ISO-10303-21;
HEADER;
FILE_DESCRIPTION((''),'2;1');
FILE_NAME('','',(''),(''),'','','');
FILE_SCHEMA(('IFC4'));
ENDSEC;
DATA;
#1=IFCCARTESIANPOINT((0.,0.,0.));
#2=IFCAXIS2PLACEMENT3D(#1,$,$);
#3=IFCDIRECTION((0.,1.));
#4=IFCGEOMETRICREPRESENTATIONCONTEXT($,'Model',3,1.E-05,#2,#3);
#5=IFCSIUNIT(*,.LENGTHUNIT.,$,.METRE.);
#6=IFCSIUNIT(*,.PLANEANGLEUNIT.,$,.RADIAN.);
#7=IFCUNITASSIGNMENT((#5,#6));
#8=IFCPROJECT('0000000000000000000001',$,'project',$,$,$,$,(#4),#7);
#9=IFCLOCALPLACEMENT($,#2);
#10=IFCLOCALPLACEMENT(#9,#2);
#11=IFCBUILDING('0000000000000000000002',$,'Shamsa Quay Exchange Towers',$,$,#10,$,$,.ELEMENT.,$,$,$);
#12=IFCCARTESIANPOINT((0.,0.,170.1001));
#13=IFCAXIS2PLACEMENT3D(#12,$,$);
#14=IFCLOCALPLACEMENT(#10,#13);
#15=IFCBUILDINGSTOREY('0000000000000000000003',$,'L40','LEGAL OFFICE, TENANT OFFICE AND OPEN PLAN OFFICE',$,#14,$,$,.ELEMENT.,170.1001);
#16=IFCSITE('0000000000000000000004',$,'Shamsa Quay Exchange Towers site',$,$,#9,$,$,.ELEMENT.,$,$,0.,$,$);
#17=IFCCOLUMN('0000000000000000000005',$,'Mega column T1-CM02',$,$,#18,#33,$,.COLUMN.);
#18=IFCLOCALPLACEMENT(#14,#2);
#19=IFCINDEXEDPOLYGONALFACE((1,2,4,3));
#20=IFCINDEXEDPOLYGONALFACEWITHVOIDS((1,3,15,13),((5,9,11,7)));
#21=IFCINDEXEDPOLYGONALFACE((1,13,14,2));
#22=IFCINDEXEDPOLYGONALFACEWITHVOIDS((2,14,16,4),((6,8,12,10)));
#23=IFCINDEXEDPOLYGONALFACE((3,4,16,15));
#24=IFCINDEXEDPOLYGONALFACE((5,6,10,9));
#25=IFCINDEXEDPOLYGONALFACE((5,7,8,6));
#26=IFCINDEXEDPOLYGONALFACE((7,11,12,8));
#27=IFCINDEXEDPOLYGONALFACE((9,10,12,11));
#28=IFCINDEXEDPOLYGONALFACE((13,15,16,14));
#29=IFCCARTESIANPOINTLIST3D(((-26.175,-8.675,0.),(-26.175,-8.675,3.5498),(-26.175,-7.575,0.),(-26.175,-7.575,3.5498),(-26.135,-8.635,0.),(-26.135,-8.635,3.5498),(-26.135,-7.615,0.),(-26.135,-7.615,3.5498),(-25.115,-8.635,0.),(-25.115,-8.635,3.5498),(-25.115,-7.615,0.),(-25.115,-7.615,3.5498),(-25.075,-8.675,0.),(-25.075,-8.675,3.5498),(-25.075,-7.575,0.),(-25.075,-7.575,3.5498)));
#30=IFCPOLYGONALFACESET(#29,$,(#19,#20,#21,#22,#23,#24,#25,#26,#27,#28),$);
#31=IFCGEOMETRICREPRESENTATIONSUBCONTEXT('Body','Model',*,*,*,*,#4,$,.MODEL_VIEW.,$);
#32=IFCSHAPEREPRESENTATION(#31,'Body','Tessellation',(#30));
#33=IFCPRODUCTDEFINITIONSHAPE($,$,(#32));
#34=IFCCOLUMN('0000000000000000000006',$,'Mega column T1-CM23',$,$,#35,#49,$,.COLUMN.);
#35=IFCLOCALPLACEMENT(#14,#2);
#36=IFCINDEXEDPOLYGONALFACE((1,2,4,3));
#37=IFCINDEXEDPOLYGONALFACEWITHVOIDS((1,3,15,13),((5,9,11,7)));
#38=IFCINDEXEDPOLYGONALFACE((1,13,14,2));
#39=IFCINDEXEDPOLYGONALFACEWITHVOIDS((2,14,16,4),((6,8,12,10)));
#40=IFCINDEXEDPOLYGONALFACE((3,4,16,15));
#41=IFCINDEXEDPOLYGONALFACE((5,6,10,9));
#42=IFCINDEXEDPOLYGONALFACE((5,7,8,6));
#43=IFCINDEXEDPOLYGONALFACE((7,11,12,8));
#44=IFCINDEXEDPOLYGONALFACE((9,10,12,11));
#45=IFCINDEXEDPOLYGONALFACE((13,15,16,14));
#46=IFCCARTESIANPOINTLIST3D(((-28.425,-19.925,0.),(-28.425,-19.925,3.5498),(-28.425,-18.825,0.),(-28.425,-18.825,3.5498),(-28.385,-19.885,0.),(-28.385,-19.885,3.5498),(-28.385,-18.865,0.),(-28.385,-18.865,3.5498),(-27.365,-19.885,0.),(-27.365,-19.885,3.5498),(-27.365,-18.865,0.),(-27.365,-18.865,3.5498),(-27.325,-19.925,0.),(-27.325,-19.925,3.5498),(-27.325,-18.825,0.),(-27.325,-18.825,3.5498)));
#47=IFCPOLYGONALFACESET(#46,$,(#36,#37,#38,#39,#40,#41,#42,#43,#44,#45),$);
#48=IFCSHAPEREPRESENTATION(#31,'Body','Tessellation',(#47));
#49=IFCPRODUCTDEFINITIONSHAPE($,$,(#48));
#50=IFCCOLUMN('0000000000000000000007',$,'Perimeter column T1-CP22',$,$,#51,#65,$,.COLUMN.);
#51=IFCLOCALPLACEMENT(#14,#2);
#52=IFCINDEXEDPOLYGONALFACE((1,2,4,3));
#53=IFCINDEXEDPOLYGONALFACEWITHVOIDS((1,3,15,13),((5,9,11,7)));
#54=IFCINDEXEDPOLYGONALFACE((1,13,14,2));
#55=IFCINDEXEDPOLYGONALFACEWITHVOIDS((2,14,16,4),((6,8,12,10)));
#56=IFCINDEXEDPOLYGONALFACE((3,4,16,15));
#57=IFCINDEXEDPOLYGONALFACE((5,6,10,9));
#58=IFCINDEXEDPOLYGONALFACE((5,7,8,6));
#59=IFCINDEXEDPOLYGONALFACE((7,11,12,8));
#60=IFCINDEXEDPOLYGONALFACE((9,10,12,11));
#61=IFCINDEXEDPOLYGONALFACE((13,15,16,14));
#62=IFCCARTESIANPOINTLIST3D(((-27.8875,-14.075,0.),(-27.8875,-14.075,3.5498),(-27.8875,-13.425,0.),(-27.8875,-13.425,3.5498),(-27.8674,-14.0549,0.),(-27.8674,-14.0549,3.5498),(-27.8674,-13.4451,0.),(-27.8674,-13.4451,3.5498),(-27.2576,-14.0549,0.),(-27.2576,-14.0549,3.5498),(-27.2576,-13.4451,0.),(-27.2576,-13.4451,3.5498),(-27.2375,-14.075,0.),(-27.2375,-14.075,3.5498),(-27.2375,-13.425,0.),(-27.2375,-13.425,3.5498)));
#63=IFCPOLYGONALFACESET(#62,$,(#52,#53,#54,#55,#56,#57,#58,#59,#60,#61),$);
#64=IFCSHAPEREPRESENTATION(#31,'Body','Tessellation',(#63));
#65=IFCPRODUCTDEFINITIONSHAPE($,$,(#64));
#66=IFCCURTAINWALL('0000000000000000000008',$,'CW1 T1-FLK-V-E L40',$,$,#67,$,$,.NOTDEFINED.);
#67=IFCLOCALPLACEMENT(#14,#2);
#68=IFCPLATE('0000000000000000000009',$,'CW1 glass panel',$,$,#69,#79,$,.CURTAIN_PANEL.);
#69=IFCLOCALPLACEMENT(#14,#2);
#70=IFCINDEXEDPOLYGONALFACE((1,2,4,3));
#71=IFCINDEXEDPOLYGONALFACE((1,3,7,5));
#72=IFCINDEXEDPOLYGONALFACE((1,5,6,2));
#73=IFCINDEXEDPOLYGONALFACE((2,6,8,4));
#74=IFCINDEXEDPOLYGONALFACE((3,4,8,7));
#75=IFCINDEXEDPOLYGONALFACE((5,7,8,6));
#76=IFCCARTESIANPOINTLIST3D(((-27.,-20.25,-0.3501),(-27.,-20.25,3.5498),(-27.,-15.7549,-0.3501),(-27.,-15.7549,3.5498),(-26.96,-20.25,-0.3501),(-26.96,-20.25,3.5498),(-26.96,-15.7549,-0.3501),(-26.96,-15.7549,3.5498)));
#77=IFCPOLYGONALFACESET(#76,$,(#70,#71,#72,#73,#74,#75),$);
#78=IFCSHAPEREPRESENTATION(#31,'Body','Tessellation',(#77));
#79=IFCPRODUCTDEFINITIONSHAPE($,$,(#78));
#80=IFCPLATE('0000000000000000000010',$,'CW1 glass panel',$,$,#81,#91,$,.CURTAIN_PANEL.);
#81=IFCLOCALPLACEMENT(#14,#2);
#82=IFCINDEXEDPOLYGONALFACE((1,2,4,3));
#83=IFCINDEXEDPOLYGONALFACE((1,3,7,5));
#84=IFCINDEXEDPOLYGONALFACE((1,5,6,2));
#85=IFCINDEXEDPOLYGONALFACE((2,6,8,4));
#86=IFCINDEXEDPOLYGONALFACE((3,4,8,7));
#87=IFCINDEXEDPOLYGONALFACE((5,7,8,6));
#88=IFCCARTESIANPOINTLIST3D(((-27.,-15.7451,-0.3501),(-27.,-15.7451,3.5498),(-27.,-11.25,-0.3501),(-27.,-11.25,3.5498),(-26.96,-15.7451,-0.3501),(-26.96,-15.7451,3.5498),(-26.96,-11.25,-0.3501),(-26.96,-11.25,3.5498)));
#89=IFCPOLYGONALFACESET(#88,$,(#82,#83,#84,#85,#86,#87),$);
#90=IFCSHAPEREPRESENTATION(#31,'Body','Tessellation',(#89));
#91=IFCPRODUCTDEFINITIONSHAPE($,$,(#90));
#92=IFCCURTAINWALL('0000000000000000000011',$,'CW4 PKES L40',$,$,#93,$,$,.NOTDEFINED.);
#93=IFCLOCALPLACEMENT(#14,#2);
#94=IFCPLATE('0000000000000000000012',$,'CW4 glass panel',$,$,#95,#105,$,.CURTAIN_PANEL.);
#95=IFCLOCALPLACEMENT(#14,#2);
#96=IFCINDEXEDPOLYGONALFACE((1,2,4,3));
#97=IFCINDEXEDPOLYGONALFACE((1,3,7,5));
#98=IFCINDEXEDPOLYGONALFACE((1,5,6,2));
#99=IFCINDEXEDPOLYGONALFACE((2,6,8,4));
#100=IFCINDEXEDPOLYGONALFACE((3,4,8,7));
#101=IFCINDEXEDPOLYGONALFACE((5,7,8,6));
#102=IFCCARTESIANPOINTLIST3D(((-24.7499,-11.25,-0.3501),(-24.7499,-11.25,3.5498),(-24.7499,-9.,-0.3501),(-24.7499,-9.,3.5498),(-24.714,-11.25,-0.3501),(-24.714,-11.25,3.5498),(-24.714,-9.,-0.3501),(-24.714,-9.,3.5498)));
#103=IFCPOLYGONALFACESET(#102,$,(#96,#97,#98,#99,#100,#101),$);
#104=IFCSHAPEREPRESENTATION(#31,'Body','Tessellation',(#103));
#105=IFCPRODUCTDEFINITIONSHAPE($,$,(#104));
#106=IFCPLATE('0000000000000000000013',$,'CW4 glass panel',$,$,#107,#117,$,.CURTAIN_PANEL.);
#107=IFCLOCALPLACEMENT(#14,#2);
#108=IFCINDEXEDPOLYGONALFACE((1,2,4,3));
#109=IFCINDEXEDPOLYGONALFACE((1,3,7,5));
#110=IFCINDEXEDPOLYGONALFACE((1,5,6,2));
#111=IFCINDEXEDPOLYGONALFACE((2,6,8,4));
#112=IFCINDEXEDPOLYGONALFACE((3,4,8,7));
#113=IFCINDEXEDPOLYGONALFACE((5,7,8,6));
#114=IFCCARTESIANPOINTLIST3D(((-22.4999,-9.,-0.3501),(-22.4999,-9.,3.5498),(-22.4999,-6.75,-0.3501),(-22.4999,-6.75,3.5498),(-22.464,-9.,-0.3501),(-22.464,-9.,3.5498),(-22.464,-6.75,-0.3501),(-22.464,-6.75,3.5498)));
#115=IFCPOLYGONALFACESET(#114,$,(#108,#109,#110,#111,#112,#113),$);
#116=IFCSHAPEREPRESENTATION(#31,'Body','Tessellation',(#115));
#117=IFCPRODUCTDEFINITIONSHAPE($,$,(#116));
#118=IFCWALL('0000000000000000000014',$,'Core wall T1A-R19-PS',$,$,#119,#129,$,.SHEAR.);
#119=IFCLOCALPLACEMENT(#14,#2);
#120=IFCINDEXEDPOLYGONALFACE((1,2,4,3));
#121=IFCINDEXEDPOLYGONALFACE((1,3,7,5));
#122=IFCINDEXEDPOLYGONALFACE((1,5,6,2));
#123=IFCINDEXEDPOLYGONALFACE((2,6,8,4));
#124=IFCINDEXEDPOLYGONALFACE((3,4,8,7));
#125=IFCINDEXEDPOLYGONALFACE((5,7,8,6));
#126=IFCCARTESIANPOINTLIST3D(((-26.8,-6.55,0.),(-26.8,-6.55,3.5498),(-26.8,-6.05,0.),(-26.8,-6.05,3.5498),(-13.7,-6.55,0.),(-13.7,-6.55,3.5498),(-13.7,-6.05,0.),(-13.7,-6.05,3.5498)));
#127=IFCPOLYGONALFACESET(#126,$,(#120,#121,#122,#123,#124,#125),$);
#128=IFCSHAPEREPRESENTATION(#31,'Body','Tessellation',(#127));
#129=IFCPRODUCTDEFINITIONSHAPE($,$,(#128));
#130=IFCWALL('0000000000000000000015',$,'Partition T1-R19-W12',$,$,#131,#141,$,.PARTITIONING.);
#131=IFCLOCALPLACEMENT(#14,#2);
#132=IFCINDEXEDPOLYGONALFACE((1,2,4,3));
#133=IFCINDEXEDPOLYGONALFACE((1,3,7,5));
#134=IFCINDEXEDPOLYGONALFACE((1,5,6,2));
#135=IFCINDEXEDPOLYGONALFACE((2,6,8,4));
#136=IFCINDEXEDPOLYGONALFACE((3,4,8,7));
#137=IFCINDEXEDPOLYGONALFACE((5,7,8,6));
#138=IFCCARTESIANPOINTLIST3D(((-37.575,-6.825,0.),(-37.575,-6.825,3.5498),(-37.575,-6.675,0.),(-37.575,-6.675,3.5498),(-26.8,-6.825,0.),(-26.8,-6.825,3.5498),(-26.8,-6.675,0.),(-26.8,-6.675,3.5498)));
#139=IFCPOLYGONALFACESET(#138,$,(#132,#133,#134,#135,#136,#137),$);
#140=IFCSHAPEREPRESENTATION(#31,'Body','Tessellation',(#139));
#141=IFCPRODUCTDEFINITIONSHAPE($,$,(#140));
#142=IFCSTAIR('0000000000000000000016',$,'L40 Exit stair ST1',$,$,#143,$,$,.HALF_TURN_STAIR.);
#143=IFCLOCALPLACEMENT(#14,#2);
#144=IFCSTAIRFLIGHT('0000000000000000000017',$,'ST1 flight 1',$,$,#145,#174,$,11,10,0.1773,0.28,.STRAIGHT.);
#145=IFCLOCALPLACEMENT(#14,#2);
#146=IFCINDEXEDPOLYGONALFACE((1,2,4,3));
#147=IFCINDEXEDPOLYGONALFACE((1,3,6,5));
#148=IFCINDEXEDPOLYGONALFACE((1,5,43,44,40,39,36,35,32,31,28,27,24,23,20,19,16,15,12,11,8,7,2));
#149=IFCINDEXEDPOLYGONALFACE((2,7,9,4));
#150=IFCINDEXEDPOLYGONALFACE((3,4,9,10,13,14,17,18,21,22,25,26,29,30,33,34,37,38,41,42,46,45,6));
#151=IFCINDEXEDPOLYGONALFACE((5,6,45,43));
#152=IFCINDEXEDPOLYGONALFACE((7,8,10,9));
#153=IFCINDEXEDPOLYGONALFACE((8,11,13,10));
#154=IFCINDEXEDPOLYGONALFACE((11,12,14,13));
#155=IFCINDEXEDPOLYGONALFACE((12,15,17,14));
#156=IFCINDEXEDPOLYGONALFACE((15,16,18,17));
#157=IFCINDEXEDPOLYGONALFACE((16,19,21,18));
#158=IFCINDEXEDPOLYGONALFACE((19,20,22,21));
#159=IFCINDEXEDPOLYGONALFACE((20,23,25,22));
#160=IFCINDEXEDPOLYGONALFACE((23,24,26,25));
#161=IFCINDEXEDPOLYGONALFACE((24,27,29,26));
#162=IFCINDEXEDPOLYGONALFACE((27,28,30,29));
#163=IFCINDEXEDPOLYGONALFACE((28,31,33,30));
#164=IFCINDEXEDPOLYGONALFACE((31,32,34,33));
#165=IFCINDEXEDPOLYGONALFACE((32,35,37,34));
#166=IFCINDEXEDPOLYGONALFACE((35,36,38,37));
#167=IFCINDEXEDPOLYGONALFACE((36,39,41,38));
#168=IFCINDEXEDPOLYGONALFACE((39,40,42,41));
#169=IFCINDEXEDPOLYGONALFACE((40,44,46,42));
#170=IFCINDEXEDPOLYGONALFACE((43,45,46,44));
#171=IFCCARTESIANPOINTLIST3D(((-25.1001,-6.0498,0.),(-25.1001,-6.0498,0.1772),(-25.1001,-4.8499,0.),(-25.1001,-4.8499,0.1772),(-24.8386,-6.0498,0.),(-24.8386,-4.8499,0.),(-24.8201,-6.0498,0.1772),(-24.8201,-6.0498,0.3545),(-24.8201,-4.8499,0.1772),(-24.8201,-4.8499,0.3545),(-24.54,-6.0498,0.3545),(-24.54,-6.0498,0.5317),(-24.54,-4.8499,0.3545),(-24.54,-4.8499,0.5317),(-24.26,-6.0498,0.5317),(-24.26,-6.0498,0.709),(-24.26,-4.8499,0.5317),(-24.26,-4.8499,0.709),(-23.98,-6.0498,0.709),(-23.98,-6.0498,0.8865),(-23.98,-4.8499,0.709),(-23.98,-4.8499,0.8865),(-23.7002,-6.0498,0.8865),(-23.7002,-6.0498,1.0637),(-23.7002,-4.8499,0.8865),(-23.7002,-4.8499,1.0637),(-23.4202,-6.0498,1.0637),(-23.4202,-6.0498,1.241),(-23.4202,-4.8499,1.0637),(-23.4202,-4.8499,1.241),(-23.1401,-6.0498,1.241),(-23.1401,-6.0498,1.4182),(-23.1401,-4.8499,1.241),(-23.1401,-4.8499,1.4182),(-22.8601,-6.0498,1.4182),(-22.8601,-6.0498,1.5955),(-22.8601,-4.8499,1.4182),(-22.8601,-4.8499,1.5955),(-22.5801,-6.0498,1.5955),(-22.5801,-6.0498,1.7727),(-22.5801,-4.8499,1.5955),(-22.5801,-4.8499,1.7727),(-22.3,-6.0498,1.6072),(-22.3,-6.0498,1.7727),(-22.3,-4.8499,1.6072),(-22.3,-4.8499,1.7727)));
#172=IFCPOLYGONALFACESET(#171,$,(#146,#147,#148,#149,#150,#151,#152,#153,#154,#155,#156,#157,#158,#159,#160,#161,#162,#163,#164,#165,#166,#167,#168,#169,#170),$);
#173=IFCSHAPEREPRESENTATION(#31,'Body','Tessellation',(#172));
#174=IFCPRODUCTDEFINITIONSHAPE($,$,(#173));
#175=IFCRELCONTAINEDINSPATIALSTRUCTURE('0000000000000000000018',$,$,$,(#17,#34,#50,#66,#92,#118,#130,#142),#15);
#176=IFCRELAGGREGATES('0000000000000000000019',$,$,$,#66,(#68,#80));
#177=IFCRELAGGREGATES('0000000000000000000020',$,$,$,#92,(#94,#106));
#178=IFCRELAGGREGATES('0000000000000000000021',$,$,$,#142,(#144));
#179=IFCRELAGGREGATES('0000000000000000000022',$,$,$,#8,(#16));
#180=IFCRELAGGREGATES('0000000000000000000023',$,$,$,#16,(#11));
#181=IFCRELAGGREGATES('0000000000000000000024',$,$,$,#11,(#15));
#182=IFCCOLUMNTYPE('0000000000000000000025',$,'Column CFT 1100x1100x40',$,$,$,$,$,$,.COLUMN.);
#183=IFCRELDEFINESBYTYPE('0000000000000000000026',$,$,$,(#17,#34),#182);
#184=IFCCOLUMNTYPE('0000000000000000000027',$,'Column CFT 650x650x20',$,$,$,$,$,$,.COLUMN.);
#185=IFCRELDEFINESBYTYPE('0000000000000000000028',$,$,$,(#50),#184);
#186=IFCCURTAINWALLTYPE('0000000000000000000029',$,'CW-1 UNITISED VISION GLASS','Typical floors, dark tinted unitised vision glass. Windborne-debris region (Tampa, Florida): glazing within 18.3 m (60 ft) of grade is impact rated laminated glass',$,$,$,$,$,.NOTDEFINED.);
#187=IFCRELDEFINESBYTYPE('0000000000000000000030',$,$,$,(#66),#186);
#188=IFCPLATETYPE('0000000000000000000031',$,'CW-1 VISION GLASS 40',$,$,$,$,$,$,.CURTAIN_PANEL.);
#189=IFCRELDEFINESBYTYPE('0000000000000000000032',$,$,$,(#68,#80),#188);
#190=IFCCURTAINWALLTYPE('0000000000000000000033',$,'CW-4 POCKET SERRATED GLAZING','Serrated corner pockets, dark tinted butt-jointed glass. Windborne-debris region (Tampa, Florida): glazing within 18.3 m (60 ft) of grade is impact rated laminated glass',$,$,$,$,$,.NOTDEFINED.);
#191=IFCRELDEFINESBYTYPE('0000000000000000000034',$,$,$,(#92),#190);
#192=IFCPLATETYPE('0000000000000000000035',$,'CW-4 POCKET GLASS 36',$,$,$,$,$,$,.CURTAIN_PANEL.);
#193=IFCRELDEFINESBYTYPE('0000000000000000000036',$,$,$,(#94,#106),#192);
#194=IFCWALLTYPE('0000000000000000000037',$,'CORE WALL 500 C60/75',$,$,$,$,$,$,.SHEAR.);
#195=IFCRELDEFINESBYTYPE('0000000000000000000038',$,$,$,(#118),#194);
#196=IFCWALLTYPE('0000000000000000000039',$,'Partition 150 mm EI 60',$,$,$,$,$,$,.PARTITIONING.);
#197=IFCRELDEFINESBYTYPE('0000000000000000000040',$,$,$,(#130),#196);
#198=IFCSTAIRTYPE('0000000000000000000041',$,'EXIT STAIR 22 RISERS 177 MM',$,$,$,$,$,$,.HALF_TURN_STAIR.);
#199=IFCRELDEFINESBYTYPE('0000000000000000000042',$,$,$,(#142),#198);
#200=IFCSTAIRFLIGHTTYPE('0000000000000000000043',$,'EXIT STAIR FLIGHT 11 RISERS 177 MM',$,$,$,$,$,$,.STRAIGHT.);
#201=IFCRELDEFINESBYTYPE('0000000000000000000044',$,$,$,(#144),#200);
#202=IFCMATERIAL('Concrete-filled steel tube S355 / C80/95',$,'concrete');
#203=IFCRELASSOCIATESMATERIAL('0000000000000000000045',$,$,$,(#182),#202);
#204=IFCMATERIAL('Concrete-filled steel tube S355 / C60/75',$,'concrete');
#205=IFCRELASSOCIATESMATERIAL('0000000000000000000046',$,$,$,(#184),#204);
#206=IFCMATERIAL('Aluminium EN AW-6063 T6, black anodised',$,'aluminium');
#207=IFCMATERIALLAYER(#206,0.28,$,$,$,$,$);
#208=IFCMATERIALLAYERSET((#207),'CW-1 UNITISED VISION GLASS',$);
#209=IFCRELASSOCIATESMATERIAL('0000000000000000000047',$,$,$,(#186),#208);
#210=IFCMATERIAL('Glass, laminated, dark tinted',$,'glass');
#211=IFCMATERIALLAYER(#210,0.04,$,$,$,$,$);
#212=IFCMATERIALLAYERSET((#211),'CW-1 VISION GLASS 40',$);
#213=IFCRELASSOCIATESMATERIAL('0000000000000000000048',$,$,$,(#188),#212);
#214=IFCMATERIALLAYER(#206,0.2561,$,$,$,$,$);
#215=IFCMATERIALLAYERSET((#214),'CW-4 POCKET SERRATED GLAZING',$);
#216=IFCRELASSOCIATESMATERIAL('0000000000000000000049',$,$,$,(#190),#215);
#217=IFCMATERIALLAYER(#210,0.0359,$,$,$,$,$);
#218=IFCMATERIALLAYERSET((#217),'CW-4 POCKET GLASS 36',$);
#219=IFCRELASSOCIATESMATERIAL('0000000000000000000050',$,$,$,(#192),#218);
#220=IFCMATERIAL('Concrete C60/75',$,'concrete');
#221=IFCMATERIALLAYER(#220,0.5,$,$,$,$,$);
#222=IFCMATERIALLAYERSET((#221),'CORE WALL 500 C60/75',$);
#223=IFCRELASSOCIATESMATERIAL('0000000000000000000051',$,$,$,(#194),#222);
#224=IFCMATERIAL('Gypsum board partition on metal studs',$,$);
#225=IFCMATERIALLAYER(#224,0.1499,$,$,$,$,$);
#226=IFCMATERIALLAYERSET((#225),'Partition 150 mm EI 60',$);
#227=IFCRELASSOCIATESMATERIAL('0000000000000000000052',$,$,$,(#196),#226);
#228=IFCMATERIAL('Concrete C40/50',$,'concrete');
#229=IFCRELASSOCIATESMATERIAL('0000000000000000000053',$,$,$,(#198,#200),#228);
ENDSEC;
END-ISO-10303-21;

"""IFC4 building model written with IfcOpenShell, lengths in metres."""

from ifc_helpers import new_model, si_unit, direction, frame, frame_2d, origin, origin_2d, place, context, subcontext, project, spatial, polyline, rectangle, hollow_rectangle, outline, extrude, material, layer, layer_set, material_profile, profile_set, type_object, element, aggregate, save


model = new_model("IFC4")

# Units and contexts
model_context = context("Model", 3, precision=1e-05, world=origin(), true_north=direction((0.0, 1.0)))
body_context = subcontext(model_context, "Body", "Model", "MODEL_VIEW")
ifc_project = project(units=[si_unit("LENGTHUNIT", "METRE"), si_unit("PLANEANGLEUNIT", "RADIAN")], contexts=[model_context])

# Site, building, storey
site_placement = place(None, origin())
site = spatial("IfcSite", under=ifc_project, at=site_placement, Name="Shamsa Quay Exchange Towers site", CompositionType="ELEMENT", RefElevation=0.0)
building_placement = place(site_placement, origin())
building = spatial("IfcBuilding", under=site, at=building_placement, Name="Shamsa Quay Exchange Towers", CompositionType="ELEMENT")
storey_placement = place(building_placement, frame((0.0, 0.0, 170.1001)))
storey = spatial("IfcBuildingStorey", under=building, at=storey_placement, Name="L40", Description="LEGAL OFFICE, TENANT OFFICE AND OPEN PLAN OFFICE", CompositionType="ELEMENT", Elevation=170.1001)

# Columns
ifc_material_1 = material(Name="Concrete-filled steel tube S355 / C80/95", Category="concrete")
ifc_material_profile_1 = material_profile(ifc_material_1, hollow_rectangle(XDim=1.1001, YDim=1.1001, WallThickness=0.04, at=origin_2d()), Name="CFT 1100x1100x40")
ifc_profile_set_1 = profile_set([ifc_material_profile_1], Name="Concrete-filled steel tube S355 / C80/95")
column_type_1 = type_object("IfcColumnType", Name="Column CFT 1100x1100x40", PredefinedType="COLUMN", material=ifc_profile_set_1)
for number, where, name in (
    (1, (-25.625, -8.125, 0.0), "Mega column T1-CM02"),
    (2, (-27.875, -19.375, 0.0), "Mega column T1-CM23"),
):
    element("IfcColumn", number, at=place(storey_placement, frame(where)), inside=storey, type_object=column_type_1, Name=name, PredefinedType="COLUMN", context=body_context, shape_type="SweptSolid", body=[
        extrude(hollow_rectangle(XDim=1.1001, YDim=1.1001, WallThickness=0.04, at=origin_2d()), origin(), (0.0, 0.0, 1.0), 3.5498),
    ])
ifc_material_2 = material(Name="Concrete-filled steel tube S355 / C60/75", Category="concrete")
ifc_material_profile_2 = material_profile(ifc_material_2, hollow_rectangle(XDim=0.6499, YDim=0.6499, WallThickness=0.02, at=origin_2d()), Name="CFT 650x650x20")
ifc_profile_set_2 = profile_set([ifc_material_profile_2], Name="Concrete-filled steel tube S355 / C60/75")
column_type_2 = type_object("IfcColumnType", Name="Column CFT 650x650x20", PredefinedType="COLUMN", material=ifc_profile_set_2)
column_placement = place(storey_placement, frame((-27.5625, -13.75, 0.0)))
element("IfcColumn", 3, at=column_placement, inside=storey, type_object=column_type_2, Name="Perimeter column T1-CP22", PredefinedType="COLUMN", context=body_context, shape_type="SweptSolid", body=[
    extrude(hollow_rectangle(XDim=0.6499, YDim=0.6499, WallThickness=0.02, at=origin_2d()), origin(), (0.0, 0.0, 1.0), 3.5498),
])

# Curtain walls, plates
ifc_material_3 = material(Name="Aluminium EN AW-6063 T6, black anodised", Category="aluminium")
ifc_layer_1 = layer(ifc_material_3, 0.28)
ifc_layer_set_1 = layer_set([ifc_layer_1], Name="CW-1 UNITISED VISION GLASS")
curtain_wall_type_1 = type_object("IfcCurtainWallType", Name="CW-1 UNITISED VISION GLASS", Description="Typical floors, dark tinted unitised vision glass. Windborne-debris region (Tampa, Florida): glazing within 18.3 m (60 ft) of grade is impact rated laminated glass", PredefinedType="NOTDEFINED", material=ifc_layer_set_1)
curtain_wall_1_placement = place(storey_placement, origin())
curtain_wall_1 = element("IfcCurtainWall", 4, at=curtain_wall_1_placement, inside=storey, type_object=curtain_wall_type_1, Name="CW1 T1-FLK-V-E L40", PredefinedType="NOTDEFINED")
ifc_material_4 = material(Name="Glass, laminated, dark tinted", Category="glass")
ifc_layer_2 = layer(ifc_material_4, 0.04)
ifc_layer_set_2 = layer_set([ifc_layer_2], Name="CW-1 VISION GLASS 40")
plate_type_1 = type_object("IfcPlateType", Name="CW-1 VISION GLASS 40", PredefinedType="CURTAIN_PANEL", material=ifc_layer_set_2)
plate_1_placement = place(storey_placement, frame((-26.98, -18.0024, -0.3501), z_axis=(0.0, 0.0, 1.0), x_axis=(0.0, 1.0, 0.0)))
plate_1 = element("IfcPlate", 5, at=plate_1_placement, type_object=plate_type_1, Name="CW1 glass panel", PredefinedType="CURTAIN_PANEL", context=body_context, shape_type="SweptSolid", body=[
    extrude(rectangle(XDim=4.4951, YDim=0.04, at=origin_2d()), origin(), (0.0, 0.0, 1.0), 3.8999),
])
plate_2_placement = place(storey_placement, frame((-26.98, -13.4976, -0.3501), z_axis=(0.0, 0.0, 1.0), x_axis=(0.0, 1.0, 0.0)))
plate_2 = element("IfcPlate", 6, at=plate_2_placement, type_object=plate_type_1, Name="CW1 glass panel", PredefinedType="CURTAIN_PANEL", context=body_context, shape_type="SweptSolid", body=[
    extrude(rectangle(XDim=4.4951, YDim=0.04, at=origin_2d()), origin(), (0.0, 0.0, 1.0), 3.8999),
])
aggregate(curtain_wall_1, [plate_1, plate_2])
ifc_layer_3 = layer(ifc_material_3, 0.2561)
ifc_layer_set_3 = layer_set([ifc_layer_3], Name="CW-4 POCKET SERRATED GLAZING")
curtain_wall_type_2 = type_object("IfcCurtainWallType", Name="CW-4 POCKET SERRATED GLAZING", Description="Serrated corner pockets, dark tinted butt-jointed glass. Windborne-debris region (Tampa, Florida): glazing within 18.3 m (60 ft) of grade is impact rated laminated glass", PredefinedType="NOTDEFINED", material=ifc_layer_set_3)
curtain_wall_2_placement = place(storey_placement, origin())
curtain_wall_2 = element("IfcCurtainWall", 7, at=curtain_wall_2_placement, inside=storey, type_object=curtain_wall_type_2, Name="CW4 PKES L40", PredefinedType="NOTDEFINED")
ifc_layer_4 = layer(ifc_material_4, 0.0359)
ifc_layer_set_4 = layer_set([ifc_layer_4], Name="CW-4 POCKET GLASS 36")
plate_type_2 = type_object("IfcPlateType", Name="CW-4 POCKET GLASS 36", PredefinedType="CURTAIN_PANEL", material=ifc_layer_set_4)
plate_3_placement = place(storey_placement, frame((-24.7319, -10.125, -0.3501), z_axis=(0.0, 0.0, 1.0), x_axis=(0.0, 1.0, 0.0)))
plate_3 = element("IfcPlate", 8, at=plate_3_placement, type_object=plate_type_2, Name="CW4 glass panel", PredefinedType="CURTAIN_PANEL", context=body_context, shape_type="SweptSolid", body=[
    extrude(rectangle(XDim=2.25, YDim=0.0359, at=origin_2d()), origin(), (0.0, 0.0, 1.0), 3.8999),
])
plate_4_placement = place(storey_placement, frame((-22.4819, -7.875, -0.3501), z_axis=(0.0, 0.0, 1.0), x_axis=(0.0, 1.0, 0.0)))
plate_4 = element("IfcPlate", 9, at=plate_4_placement, type_object=plate_type_2, Name="CW4 glass panel", PredefinedType="CURTAIN_PANEL", context=body_context, shape_type="SweptSolid", body=[
    extrude(rectangle(XDim=2.25, YDim=0.0359, at=origin_2d()), origin(), (0.0, 0.0, 1.0), 3.8999),
])
aggregate(curtain_wall_2, [plate_3, plate_4])

# Walls
ifc_material_5 = material(Name="Concrete C60/75", Category="concrete")
ifc_layer_5 = layer(ifc_material_5, 0.5)
ifc_layer_set_5 = layer_set([ifc_layer_5], Name="CORE WALL 500 C60/75")
wall_type_1 = type_object("IfcWallType", Name="CORE WALL 500 C60/75", PredefinedType="SHEAR", material=ifc_layer_set_5)
wall_1_placement = place(storey_placement, frame((-26.8, -6.3, 0.0)))
element("IfcWall", 10, at=wall_1_placement, inside=storey, type_object=wall_type_1, Name="Core wall T1A-R19-PS", PredefinedType="SHEAR", context=body_context, shape_type="SweptSolid", body=[
    extrude(rectangle(XDim=13.1001, YDim=0.5, at=frame_2d((6.55, 0.0))), origin(), (0.0, 0.0, 1.0), 3.5498),
])
ifc_material_6 = material(Name="Gypsum board partition on metal studs")
ifc_layer_6 = layer(ifc_material_6, 0.1499)
ifc_layer_set_6 = layer_set([ifc_layer_6], Name="Partition 150 mm EI 60")
wall_type_2 = type_object("IfcWallType", Name="Partition 150 mm EI 60", PredefinedType="PARTITIONING", material=ifc_layer_set_6)
wall_2_placement = place(storey_placement, frame((-26.8, -6.75, 0.0), z_axis=(0.0, 0.0, 1.0), x_axis=(-1.0, 0.0, 0.0)))
element("IfcWall", 11, at=wall_2_placement, inside=storey, type_object=wall_type_2, Name="Partition T1-R19-W12", PredefinedType="PARTITIONING", context=body_context, shape_type="SweptSolid", body=[
    extrude(rectangle(XDim=10.7749, YDim=0.1499, at=frame_2d((5.3875, 0.0))), origin(), (0.0, 0.0, 1.0), 3.5498),
])

# Stair, stair flight
ifc_material_7 = material(Name="Concrete C40/50", Category="concrete")
stair_type = type_object("IfcStairType", Name="EXIT STAIR 22 RISERS 177 MM", PredefinedType="HALF_TURN_STAIR", material=ifc_material_7)
stair_placement = place(storey_placement, origin())
stair = element("IfcStair", 12, at=stair_placement, inside=storey, type_object=stair_type, Name="L40 Exit stair ST1", PredefinedType="HALF_TURN_STAIR")
stair_flight_type = type_object("IfcStairFlightType", Name="EXIT STAIR FLIGHT 11 RISERS 177 MM", PredefinedType="STRAIGHT", material=ifc_material_7)
stair_flight_1_placement = place(storey_placement, frame((-25.1001, -5.45, 0.0)))
stair_flight_1 = element("IfcStairFlight", 13, at=stair_flight_1_placement, type_object=stair_flight_type, Name="ST1 flight 1", NumberOfRisers=11, NumberOfTreads=10, PredefinedType="STRAIGHT", RiserHeight=0.1773, TreadLength=0.28, context=body_context, shape_type="SweptSolid", body=[
    extrude(outline(polyline([(0.0, 0.0), (0.0, 0.1772), (0.28, 0.1772), (0.28, 0.3545), (0.5601, 0.3545), (0.5601, 0.5317), (0.8401, 0.5317), (0.8401, 0.709), (1.1201, 0.709), (1.1201, 0.8865), (1.3999, 0.8865), (1.3999, 1.0637), (1.6799, 1.0637), (1.6799, 1.241), (1.96, 1.241), (1.96, 1.4182), (2.24, 1.4182), (2.24, 1.5955), (2.52, 1.5955), (2.52, 1.7727), (2.8, 1.7727), (2.8, 1.95), (2.8, 1.6072), (0.2615, 0.0), (0.0, 0.0)])), frame((0.0, 0.6001, 0.0), z_axis=(0.0, -1.0, 0.0), x_axis=(1.0, 0.0, 0.0)), (0.0, 0.0, 1.0), 1.2),
])
aggregate(stair, [stair_flight_1])

save(model, "model.ifc")
